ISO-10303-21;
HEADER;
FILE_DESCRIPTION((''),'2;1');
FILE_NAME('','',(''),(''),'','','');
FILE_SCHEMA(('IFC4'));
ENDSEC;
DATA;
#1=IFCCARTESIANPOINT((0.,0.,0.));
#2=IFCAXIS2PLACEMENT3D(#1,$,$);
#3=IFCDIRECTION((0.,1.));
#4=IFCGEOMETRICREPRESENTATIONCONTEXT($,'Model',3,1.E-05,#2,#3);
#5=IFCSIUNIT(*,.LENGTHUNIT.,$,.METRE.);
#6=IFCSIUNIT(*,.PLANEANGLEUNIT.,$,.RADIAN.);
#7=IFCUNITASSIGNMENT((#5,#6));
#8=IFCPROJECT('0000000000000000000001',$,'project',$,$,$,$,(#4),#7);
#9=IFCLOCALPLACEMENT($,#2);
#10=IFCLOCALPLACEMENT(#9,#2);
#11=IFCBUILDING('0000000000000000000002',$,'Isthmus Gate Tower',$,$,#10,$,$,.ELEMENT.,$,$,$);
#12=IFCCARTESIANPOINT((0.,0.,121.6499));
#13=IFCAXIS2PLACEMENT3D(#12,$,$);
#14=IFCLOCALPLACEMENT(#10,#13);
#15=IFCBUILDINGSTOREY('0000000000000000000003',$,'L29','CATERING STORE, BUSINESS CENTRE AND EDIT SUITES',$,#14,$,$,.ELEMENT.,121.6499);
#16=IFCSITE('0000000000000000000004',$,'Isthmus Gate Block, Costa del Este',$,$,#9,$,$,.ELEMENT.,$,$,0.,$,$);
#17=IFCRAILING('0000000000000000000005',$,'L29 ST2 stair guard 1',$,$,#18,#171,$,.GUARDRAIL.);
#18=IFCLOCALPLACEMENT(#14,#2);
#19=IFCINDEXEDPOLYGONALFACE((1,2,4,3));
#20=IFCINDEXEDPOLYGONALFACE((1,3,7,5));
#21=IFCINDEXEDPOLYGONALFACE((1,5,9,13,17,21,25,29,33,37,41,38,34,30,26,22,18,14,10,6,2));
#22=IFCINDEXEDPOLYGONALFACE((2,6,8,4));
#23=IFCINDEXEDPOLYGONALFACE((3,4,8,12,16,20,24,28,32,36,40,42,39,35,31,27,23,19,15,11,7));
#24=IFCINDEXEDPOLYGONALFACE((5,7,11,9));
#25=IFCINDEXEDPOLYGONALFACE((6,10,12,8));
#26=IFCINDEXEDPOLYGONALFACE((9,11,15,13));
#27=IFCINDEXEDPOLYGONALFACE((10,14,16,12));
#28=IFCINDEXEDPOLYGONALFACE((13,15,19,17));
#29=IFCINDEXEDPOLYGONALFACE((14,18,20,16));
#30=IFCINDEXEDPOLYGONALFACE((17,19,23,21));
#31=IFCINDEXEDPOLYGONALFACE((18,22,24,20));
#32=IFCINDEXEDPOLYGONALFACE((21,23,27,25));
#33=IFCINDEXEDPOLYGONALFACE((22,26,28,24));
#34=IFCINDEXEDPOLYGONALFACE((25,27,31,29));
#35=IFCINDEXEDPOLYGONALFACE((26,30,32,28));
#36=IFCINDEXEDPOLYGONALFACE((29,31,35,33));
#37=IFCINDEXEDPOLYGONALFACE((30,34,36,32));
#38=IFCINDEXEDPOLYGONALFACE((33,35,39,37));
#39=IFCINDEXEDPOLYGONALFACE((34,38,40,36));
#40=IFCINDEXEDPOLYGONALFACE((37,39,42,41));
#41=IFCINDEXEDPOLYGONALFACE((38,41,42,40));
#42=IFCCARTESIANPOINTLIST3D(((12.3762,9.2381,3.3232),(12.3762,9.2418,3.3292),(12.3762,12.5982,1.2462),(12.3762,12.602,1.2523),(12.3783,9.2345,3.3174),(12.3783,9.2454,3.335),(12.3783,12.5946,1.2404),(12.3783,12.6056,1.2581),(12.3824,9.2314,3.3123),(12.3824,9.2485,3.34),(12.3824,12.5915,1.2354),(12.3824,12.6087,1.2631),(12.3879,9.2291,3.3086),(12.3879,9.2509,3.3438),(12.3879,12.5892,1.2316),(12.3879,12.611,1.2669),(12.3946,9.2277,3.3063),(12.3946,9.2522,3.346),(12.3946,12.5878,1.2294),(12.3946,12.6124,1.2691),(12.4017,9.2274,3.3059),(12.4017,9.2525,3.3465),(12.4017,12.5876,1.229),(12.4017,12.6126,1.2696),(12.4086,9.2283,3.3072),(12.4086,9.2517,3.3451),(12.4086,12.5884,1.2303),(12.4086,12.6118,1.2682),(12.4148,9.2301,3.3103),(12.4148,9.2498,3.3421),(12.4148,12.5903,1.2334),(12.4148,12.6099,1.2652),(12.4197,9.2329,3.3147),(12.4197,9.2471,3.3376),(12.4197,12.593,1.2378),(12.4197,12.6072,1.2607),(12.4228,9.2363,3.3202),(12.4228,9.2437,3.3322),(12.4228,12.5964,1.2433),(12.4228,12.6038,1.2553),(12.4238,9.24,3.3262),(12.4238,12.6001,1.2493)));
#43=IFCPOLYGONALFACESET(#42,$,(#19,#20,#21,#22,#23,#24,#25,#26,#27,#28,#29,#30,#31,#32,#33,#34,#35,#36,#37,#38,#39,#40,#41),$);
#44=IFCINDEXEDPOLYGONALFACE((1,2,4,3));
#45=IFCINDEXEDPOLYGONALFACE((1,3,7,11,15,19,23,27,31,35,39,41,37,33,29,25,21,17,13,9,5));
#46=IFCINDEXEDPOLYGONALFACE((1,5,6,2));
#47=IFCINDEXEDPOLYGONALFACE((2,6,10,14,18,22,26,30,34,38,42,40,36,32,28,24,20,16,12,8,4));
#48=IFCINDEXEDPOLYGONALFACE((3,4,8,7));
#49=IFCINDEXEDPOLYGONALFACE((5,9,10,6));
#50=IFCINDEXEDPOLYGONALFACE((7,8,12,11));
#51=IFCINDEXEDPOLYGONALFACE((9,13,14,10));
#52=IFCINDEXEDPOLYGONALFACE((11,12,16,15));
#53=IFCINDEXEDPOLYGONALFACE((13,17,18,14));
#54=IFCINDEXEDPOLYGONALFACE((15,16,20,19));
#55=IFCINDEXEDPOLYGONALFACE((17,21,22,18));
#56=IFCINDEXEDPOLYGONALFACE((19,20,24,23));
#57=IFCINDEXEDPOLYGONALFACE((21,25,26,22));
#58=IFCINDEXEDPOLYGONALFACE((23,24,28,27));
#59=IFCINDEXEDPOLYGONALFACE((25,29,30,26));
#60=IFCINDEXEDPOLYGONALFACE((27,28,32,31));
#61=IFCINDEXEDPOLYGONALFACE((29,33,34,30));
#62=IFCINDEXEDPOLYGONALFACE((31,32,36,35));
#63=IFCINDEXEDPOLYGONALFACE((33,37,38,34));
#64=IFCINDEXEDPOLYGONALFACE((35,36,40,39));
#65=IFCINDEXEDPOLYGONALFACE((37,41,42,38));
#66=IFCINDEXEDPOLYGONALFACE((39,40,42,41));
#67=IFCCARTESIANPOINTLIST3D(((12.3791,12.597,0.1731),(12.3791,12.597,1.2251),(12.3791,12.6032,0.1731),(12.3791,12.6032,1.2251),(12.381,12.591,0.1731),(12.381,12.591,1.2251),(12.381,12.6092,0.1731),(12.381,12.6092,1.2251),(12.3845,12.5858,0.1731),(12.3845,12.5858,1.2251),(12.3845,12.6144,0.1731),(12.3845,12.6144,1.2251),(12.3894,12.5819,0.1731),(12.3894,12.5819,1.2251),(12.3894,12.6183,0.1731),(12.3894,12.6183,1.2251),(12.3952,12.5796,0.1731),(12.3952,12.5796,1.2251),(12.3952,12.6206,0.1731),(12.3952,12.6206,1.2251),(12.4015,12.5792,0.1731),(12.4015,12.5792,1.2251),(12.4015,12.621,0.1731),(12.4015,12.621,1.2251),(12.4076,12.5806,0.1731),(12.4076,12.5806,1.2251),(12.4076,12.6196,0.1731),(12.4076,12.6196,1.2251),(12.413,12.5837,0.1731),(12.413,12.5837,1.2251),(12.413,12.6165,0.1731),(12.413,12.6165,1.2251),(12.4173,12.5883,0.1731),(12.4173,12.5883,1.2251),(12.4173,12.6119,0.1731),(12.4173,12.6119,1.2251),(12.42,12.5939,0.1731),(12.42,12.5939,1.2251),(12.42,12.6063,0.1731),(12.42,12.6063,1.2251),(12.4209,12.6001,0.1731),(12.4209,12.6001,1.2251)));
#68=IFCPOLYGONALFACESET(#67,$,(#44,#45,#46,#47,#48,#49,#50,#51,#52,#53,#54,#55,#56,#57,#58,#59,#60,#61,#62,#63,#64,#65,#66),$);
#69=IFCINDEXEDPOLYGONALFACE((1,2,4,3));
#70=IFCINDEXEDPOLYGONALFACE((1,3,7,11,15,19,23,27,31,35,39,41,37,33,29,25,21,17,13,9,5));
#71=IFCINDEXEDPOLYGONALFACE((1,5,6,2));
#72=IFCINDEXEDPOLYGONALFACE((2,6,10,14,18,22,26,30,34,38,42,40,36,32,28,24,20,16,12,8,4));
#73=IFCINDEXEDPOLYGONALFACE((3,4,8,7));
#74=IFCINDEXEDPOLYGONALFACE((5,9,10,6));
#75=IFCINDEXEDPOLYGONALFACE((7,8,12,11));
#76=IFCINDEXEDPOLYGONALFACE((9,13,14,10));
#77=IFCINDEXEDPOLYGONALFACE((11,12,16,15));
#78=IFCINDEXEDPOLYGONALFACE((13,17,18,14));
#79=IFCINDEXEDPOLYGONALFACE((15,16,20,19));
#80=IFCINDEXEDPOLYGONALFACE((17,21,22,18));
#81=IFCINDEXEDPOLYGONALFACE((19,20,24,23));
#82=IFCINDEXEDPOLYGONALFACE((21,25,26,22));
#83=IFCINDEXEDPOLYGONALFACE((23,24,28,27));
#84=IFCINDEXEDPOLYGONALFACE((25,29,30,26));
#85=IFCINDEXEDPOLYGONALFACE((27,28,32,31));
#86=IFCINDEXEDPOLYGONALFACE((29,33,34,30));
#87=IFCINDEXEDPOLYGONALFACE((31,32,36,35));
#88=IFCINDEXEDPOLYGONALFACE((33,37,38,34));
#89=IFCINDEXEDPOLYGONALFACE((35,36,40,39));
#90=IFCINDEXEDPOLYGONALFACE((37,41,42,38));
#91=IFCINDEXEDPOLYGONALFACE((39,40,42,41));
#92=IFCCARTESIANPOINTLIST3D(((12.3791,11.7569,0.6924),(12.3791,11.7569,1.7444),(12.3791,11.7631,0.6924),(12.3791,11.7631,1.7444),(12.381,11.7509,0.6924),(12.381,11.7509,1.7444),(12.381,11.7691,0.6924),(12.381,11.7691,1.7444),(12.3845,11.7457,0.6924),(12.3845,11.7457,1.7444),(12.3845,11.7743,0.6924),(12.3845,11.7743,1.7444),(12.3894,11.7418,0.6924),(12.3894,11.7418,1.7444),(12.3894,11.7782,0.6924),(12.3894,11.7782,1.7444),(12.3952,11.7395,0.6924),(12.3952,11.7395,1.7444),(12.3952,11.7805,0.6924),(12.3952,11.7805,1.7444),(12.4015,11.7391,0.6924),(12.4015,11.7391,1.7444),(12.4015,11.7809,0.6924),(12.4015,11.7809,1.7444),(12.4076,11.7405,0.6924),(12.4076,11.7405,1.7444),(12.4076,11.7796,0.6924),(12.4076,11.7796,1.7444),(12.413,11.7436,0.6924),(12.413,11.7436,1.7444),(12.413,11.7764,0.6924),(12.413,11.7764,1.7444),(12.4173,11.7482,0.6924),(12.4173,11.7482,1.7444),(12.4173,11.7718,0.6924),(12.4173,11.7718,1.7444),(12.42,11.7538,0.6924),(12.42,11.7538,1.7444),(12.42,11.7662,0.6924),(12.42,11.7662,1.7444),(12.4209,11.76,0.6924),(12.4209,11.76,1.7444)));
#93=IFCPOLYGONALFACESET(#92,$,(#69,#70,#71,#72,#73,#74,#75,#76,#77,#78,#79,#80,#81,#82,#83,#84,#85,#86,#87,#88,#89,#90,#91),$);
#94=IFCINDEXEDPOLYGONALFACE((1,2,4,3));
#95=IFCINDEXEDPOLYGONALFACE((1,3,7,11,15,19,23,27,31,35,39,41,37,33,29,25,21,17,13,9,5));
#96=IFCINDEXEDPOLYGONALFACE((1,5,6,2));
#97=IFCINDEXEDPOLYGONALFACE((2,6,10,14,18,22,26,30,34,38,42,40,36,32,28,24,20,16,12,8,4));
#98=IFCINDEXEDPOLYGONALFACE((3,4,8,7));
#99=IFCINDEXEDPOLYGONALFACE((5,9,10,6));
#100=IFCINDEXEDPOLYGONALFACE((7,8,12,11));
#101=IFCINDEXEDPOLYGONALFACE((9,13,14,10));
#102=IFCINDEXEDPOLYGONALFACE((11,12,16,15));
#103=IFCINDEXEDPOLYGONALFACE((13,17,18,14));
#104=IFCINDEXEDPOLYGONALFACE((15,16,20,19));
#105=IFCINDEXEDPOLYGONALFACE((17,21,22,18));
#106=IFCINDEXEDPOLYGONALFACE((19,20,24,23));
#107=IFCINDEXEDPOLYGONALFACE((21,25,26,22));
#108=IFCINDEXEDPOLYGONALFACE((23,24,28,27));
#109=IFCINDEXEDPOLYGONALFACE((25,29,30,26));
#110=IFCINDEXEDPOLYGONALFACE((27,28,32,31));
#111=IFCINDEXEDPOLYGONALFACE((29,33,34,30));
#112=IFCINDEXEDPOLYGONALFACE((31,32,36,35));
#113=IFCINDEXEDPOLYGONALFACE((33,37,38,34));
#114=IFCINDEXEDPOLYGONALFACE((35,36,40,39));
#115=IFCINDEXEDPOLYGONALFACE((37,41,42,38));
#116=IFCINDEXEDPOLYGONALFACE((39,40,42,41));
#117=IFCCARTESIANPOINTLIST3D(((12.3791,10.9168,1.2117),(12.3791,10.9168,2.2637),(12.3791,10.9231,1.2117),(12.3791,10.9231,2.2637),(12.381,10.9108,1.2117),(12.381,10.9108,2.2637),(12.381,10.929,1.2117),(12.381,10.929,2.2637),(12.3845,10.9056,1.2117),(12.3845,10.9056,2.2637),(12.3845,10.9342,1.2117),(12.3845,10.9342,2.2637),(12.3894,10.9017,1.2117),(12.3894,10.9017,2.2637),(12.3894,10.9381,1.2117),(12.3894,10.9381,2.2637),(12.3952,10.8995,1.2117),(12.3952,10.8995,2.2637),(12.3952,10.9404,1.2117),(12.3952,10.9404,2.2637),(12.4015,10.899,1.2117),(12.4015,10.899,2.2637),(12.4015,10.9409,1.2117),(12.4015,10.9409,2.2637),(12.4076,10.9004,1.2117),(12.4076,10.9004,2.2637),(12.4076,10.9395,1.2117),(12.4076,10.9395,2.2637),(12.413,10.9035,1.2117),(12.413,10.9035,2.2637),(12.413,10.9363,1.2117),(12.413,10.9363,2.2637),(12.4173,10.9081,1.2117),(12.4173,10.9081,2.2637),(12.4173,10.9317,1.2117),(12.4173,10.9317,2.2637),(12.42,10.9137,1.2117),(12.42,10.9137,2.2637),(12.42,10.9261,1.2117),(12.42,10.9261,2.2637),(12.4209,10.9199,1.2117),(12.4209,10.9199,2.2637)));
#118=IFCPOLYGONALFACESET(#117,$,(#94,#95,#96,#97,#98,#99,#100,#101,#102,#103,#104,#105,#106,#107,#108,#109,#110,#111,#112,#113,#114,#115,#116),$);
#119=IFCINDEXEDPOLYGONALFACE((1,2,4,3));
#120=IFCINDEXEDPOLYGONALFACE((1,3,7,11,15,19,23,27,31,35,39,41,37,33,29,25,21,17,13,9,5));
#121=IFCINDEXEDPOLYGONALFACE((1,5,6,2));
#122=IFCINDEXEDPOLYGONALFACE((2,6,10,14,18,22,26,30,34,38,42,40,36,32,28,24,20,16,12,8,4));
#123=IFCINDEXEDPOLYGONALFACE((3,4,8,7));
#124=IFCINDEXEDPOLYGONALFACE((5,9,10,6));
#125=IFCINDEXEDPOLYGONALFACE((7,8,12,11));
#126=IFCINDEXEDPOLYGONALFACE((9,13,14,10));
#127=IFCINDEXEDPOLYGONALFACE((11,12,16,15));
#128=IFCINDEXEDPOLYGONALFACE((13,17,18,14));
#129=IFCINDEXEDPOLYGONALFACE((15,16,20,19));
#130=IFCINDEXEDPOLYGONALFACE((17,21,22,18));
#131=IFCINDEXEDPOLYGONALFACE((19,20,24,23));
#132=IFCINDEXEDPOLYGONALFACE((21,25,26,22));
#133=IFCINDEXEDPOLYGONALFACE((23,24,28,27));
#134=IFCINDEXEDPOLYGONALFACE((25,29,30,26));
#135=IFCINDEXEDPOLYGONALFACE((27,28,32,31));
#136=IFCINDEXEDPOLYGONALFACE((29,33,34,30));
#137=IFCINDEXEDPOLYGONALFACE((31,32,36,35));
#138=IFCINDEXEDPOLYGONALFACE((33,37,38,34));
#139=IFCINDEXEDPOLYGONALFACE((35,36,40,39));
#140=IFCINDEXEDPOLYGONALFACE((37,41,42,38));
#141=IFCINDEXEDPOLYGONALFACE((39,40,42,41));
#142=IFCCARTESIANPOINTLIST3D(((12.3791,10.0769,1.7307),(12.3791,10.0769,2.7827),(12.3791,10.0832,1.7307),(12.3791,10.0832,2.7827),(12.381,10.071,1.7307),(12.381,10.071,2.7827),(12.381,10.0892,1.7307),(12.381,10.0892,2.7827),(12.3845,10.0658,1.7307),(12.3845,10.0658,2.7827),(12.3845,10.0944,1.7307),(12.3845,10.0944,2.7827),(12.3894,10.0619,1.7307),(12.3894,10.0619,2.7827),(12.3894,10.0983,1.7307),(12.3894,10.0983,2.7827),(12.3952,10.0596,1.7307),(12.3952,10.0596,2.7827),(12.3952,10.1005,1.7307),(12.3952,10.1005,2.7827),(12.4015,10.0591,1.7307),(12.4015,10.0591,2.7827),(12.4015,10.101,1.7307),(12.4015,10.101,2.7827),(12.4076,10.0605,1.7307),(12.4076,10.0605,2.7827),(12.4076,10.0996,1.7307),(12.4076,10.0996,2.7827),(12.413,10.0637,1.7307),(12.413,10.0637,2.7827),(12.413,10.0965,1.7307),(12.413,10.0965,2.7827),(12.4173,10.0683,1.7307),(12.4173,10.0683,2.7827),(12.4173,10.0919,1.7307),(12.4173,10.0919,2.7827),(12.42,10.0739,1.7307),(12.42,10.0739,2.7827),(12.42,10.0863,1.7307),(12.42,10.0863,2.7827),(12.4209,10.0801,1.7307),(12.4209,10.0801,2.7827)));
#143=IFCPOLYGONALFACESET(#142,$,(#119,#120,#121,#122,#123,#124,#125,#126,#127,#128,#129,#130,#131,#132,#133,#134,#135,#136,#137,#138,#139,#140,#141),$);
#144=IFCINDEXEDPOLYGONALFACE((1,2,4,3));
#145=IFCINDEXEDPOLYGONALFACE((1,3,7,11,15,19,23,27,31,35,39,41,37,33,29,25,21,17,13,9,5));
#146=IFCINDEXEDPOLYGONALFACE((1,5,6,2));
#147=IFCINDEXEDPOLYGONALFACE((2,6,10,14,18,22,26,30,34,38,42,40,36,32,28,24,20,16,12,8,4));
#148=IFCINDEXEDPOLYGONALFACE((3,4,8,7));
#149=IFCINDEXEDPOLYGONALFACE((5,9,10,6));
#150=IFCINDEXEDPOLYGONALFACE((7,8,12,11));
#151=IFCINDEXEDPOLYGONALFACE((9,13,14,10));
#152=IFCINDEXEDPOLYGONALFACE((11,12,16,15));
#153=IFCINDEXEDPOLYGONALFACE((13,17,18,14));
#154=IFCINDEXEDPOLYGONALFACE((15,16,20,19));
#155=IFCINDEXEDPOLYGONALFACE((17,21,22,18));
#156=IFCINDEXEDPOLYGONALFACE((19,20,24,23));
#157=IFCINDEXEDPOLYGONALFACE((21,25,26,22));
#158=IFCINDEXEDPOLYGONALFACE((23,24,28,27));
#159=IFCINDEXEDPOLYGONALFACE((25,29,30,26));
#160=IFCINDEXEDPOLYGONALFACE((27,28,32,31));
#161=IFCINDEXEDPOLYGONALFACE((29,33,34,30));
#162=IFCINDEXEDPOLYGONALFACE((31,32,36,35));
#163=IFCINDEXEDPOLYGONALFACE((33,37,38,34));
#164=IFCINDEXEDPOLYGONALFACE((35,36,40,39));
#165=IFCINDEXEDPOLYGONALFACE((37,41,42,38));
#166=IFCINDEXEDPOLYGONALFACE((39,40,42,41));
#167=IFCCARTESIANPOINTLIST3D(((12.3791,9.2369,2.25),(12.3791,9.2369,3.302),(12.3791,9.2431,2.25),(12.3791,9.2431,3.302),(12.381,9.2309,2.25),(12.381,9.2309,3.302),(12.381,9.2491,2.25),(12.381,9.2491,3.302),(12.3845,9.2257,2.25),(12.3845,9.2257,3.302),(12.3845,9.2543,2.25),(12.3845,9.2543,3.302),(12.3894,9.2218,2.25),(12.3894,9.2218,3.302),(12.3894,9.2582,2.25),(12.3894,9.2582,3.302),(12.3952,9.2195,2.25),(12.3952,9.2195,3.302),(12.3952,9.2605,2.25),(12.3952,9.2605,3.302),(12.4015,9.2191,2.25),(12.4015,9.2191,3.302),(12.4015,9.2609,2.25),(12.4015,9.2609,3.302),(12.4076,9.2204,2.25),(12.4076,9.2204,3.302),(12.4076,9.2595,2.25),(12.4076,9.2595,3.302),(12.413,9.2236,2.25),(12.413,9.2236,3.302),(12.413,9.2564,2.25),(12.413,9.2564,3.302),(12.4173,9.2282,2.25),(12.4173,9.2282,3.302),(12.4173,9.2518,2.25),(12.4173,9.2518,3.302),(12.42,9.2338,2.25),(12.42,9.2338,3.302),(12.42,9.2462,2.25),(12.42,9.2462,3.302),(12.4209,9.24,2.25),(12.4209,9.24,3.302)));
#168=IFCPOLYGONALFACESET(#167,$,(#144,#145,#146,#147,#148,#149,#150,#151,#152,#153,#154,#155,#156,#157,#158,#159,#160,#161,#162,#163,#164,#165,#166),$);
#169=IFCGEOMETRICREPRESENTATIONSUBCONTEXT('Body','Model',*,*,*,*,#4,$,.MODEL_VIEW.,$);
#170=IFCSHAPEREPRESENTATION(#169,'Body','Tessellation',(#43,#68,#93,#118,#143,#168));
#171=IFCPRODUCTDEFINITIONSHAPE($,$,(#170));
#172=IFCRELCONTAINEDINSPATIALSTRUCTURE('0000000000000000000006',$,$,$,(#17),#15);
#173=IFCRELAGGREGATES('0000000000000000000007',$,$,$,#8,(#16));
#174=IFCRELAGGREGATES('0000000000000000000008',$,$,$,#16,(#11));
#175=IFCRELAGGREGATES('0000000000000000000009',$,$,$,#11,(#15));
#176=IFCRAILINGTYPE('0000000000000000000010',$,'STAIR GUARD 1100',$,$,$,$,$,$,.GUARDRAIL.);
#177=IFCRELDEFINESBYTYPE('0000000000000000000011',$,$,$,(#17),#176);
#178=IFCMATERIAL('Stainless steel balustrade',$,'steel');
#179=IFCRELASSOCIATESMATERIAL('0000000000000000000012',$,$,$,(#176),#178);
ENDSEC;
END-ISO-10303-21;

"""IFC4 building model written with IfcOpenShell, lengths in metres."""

from ifc_helpers import new_model, si_unit, direction, frame, origin, origin_2d, place, context, subcontext, project, spatial, circle, extrude, material, type_object, element, save


model = new_model("IFC4")

# Units and contexts
model_context = context("Model", 3, precision=1e-05, world=origin(), true_north=direction((0.0, 1.0)))
body_context = subcontext(model_context, "Body", "Model", "MODEL_VIEW")
ifc_project = project(units=[si_unit("LENGTHUNIT", "METRE"), si_unit("PLANEANGLEUNIT", "RADIAN")], contexts=[model_context])

# Site, building, storey
site_placement = place(None, origin())
site = spatial("IfcSite", under=ifc_project, at=site_placement, Name="Isthmus Gate Block, Costa del Este", CompositionType="ELEMENT", RefElevation=0.0)
building_placement = place(site_placement, origin())
building = spatial("IfcBuilding", under=site, at=building_placement, Name="Isthmus Gate Tower", CompositionType="ELEMENT")
storey_placement = place(building_placement, frame((0.0, 0.0, 121.6499)))
storey = spatial("IfcBuildingStorey", under=building, at=storey_placement, Name="L29", Description="CATERING STORE, BUSINESS CENTRE AND EDIT SUITES", CompositionType="ELEMENT", Elevation=121.6499)

# Railing
ifc_material_1 = material(Name="Stainless steel balustrade", Category="steel")
railing_type_1 = type_object("IfcRailingType", Name="STAIR GUARD 1100", PredefinedType="GUARDRAIL", material=ifc_material_1)
railing_1_placement = place(storey_placement, frame((12.3999, 12.6001, 0.1731)))
element("IfcRailing", 1, at=railing_1_placement, inside=storey, type_object=railing_type_1, Name="L29 ST2 stair guard 1", PredefinedType="GUARDRAIL", context=body_context, shape_type="SweptSolid", body=[
    extrude(circle(Radius=0.0239, at=origin_2d()), frame((0.0, 0.0, 1.0762), z_axis=(0.0, -0.850623, 0.525776), x_axis=(1.0, 0.0, 0.0)), (0.0, 0.0, 1.0), 3.9502),
    extrude(circle(Radius=0.021, at=origin_2d()), origin(), (0.0, 0.0, 1.0), 1.052),
    extrude(circle(Radius=0.021, at=origin_2d()), frame((0.0, -0.8401, 0.5193)), (0.0, 0.0, 1.0), 1.052),
    extrude(circle(Radius=0.021, at=origin_2d()), frame((0.0, -1.6802, 1.0386)), (0.0, 0.0, 1.0), 1.052),
    extrude(circle(Radius=0.021, at=origin_2d()), frame((0.0, -2.52, 1.5576)), (0.0, 0.0, 1.0), 1.052),
    extrude(circle(Radius=0.021, at=origin_2d()), frame((0.0, -3.3601, 2.0769)), (0.0, 0.0, 1.0), 1.052),
])

save(model, "model.ifc")
